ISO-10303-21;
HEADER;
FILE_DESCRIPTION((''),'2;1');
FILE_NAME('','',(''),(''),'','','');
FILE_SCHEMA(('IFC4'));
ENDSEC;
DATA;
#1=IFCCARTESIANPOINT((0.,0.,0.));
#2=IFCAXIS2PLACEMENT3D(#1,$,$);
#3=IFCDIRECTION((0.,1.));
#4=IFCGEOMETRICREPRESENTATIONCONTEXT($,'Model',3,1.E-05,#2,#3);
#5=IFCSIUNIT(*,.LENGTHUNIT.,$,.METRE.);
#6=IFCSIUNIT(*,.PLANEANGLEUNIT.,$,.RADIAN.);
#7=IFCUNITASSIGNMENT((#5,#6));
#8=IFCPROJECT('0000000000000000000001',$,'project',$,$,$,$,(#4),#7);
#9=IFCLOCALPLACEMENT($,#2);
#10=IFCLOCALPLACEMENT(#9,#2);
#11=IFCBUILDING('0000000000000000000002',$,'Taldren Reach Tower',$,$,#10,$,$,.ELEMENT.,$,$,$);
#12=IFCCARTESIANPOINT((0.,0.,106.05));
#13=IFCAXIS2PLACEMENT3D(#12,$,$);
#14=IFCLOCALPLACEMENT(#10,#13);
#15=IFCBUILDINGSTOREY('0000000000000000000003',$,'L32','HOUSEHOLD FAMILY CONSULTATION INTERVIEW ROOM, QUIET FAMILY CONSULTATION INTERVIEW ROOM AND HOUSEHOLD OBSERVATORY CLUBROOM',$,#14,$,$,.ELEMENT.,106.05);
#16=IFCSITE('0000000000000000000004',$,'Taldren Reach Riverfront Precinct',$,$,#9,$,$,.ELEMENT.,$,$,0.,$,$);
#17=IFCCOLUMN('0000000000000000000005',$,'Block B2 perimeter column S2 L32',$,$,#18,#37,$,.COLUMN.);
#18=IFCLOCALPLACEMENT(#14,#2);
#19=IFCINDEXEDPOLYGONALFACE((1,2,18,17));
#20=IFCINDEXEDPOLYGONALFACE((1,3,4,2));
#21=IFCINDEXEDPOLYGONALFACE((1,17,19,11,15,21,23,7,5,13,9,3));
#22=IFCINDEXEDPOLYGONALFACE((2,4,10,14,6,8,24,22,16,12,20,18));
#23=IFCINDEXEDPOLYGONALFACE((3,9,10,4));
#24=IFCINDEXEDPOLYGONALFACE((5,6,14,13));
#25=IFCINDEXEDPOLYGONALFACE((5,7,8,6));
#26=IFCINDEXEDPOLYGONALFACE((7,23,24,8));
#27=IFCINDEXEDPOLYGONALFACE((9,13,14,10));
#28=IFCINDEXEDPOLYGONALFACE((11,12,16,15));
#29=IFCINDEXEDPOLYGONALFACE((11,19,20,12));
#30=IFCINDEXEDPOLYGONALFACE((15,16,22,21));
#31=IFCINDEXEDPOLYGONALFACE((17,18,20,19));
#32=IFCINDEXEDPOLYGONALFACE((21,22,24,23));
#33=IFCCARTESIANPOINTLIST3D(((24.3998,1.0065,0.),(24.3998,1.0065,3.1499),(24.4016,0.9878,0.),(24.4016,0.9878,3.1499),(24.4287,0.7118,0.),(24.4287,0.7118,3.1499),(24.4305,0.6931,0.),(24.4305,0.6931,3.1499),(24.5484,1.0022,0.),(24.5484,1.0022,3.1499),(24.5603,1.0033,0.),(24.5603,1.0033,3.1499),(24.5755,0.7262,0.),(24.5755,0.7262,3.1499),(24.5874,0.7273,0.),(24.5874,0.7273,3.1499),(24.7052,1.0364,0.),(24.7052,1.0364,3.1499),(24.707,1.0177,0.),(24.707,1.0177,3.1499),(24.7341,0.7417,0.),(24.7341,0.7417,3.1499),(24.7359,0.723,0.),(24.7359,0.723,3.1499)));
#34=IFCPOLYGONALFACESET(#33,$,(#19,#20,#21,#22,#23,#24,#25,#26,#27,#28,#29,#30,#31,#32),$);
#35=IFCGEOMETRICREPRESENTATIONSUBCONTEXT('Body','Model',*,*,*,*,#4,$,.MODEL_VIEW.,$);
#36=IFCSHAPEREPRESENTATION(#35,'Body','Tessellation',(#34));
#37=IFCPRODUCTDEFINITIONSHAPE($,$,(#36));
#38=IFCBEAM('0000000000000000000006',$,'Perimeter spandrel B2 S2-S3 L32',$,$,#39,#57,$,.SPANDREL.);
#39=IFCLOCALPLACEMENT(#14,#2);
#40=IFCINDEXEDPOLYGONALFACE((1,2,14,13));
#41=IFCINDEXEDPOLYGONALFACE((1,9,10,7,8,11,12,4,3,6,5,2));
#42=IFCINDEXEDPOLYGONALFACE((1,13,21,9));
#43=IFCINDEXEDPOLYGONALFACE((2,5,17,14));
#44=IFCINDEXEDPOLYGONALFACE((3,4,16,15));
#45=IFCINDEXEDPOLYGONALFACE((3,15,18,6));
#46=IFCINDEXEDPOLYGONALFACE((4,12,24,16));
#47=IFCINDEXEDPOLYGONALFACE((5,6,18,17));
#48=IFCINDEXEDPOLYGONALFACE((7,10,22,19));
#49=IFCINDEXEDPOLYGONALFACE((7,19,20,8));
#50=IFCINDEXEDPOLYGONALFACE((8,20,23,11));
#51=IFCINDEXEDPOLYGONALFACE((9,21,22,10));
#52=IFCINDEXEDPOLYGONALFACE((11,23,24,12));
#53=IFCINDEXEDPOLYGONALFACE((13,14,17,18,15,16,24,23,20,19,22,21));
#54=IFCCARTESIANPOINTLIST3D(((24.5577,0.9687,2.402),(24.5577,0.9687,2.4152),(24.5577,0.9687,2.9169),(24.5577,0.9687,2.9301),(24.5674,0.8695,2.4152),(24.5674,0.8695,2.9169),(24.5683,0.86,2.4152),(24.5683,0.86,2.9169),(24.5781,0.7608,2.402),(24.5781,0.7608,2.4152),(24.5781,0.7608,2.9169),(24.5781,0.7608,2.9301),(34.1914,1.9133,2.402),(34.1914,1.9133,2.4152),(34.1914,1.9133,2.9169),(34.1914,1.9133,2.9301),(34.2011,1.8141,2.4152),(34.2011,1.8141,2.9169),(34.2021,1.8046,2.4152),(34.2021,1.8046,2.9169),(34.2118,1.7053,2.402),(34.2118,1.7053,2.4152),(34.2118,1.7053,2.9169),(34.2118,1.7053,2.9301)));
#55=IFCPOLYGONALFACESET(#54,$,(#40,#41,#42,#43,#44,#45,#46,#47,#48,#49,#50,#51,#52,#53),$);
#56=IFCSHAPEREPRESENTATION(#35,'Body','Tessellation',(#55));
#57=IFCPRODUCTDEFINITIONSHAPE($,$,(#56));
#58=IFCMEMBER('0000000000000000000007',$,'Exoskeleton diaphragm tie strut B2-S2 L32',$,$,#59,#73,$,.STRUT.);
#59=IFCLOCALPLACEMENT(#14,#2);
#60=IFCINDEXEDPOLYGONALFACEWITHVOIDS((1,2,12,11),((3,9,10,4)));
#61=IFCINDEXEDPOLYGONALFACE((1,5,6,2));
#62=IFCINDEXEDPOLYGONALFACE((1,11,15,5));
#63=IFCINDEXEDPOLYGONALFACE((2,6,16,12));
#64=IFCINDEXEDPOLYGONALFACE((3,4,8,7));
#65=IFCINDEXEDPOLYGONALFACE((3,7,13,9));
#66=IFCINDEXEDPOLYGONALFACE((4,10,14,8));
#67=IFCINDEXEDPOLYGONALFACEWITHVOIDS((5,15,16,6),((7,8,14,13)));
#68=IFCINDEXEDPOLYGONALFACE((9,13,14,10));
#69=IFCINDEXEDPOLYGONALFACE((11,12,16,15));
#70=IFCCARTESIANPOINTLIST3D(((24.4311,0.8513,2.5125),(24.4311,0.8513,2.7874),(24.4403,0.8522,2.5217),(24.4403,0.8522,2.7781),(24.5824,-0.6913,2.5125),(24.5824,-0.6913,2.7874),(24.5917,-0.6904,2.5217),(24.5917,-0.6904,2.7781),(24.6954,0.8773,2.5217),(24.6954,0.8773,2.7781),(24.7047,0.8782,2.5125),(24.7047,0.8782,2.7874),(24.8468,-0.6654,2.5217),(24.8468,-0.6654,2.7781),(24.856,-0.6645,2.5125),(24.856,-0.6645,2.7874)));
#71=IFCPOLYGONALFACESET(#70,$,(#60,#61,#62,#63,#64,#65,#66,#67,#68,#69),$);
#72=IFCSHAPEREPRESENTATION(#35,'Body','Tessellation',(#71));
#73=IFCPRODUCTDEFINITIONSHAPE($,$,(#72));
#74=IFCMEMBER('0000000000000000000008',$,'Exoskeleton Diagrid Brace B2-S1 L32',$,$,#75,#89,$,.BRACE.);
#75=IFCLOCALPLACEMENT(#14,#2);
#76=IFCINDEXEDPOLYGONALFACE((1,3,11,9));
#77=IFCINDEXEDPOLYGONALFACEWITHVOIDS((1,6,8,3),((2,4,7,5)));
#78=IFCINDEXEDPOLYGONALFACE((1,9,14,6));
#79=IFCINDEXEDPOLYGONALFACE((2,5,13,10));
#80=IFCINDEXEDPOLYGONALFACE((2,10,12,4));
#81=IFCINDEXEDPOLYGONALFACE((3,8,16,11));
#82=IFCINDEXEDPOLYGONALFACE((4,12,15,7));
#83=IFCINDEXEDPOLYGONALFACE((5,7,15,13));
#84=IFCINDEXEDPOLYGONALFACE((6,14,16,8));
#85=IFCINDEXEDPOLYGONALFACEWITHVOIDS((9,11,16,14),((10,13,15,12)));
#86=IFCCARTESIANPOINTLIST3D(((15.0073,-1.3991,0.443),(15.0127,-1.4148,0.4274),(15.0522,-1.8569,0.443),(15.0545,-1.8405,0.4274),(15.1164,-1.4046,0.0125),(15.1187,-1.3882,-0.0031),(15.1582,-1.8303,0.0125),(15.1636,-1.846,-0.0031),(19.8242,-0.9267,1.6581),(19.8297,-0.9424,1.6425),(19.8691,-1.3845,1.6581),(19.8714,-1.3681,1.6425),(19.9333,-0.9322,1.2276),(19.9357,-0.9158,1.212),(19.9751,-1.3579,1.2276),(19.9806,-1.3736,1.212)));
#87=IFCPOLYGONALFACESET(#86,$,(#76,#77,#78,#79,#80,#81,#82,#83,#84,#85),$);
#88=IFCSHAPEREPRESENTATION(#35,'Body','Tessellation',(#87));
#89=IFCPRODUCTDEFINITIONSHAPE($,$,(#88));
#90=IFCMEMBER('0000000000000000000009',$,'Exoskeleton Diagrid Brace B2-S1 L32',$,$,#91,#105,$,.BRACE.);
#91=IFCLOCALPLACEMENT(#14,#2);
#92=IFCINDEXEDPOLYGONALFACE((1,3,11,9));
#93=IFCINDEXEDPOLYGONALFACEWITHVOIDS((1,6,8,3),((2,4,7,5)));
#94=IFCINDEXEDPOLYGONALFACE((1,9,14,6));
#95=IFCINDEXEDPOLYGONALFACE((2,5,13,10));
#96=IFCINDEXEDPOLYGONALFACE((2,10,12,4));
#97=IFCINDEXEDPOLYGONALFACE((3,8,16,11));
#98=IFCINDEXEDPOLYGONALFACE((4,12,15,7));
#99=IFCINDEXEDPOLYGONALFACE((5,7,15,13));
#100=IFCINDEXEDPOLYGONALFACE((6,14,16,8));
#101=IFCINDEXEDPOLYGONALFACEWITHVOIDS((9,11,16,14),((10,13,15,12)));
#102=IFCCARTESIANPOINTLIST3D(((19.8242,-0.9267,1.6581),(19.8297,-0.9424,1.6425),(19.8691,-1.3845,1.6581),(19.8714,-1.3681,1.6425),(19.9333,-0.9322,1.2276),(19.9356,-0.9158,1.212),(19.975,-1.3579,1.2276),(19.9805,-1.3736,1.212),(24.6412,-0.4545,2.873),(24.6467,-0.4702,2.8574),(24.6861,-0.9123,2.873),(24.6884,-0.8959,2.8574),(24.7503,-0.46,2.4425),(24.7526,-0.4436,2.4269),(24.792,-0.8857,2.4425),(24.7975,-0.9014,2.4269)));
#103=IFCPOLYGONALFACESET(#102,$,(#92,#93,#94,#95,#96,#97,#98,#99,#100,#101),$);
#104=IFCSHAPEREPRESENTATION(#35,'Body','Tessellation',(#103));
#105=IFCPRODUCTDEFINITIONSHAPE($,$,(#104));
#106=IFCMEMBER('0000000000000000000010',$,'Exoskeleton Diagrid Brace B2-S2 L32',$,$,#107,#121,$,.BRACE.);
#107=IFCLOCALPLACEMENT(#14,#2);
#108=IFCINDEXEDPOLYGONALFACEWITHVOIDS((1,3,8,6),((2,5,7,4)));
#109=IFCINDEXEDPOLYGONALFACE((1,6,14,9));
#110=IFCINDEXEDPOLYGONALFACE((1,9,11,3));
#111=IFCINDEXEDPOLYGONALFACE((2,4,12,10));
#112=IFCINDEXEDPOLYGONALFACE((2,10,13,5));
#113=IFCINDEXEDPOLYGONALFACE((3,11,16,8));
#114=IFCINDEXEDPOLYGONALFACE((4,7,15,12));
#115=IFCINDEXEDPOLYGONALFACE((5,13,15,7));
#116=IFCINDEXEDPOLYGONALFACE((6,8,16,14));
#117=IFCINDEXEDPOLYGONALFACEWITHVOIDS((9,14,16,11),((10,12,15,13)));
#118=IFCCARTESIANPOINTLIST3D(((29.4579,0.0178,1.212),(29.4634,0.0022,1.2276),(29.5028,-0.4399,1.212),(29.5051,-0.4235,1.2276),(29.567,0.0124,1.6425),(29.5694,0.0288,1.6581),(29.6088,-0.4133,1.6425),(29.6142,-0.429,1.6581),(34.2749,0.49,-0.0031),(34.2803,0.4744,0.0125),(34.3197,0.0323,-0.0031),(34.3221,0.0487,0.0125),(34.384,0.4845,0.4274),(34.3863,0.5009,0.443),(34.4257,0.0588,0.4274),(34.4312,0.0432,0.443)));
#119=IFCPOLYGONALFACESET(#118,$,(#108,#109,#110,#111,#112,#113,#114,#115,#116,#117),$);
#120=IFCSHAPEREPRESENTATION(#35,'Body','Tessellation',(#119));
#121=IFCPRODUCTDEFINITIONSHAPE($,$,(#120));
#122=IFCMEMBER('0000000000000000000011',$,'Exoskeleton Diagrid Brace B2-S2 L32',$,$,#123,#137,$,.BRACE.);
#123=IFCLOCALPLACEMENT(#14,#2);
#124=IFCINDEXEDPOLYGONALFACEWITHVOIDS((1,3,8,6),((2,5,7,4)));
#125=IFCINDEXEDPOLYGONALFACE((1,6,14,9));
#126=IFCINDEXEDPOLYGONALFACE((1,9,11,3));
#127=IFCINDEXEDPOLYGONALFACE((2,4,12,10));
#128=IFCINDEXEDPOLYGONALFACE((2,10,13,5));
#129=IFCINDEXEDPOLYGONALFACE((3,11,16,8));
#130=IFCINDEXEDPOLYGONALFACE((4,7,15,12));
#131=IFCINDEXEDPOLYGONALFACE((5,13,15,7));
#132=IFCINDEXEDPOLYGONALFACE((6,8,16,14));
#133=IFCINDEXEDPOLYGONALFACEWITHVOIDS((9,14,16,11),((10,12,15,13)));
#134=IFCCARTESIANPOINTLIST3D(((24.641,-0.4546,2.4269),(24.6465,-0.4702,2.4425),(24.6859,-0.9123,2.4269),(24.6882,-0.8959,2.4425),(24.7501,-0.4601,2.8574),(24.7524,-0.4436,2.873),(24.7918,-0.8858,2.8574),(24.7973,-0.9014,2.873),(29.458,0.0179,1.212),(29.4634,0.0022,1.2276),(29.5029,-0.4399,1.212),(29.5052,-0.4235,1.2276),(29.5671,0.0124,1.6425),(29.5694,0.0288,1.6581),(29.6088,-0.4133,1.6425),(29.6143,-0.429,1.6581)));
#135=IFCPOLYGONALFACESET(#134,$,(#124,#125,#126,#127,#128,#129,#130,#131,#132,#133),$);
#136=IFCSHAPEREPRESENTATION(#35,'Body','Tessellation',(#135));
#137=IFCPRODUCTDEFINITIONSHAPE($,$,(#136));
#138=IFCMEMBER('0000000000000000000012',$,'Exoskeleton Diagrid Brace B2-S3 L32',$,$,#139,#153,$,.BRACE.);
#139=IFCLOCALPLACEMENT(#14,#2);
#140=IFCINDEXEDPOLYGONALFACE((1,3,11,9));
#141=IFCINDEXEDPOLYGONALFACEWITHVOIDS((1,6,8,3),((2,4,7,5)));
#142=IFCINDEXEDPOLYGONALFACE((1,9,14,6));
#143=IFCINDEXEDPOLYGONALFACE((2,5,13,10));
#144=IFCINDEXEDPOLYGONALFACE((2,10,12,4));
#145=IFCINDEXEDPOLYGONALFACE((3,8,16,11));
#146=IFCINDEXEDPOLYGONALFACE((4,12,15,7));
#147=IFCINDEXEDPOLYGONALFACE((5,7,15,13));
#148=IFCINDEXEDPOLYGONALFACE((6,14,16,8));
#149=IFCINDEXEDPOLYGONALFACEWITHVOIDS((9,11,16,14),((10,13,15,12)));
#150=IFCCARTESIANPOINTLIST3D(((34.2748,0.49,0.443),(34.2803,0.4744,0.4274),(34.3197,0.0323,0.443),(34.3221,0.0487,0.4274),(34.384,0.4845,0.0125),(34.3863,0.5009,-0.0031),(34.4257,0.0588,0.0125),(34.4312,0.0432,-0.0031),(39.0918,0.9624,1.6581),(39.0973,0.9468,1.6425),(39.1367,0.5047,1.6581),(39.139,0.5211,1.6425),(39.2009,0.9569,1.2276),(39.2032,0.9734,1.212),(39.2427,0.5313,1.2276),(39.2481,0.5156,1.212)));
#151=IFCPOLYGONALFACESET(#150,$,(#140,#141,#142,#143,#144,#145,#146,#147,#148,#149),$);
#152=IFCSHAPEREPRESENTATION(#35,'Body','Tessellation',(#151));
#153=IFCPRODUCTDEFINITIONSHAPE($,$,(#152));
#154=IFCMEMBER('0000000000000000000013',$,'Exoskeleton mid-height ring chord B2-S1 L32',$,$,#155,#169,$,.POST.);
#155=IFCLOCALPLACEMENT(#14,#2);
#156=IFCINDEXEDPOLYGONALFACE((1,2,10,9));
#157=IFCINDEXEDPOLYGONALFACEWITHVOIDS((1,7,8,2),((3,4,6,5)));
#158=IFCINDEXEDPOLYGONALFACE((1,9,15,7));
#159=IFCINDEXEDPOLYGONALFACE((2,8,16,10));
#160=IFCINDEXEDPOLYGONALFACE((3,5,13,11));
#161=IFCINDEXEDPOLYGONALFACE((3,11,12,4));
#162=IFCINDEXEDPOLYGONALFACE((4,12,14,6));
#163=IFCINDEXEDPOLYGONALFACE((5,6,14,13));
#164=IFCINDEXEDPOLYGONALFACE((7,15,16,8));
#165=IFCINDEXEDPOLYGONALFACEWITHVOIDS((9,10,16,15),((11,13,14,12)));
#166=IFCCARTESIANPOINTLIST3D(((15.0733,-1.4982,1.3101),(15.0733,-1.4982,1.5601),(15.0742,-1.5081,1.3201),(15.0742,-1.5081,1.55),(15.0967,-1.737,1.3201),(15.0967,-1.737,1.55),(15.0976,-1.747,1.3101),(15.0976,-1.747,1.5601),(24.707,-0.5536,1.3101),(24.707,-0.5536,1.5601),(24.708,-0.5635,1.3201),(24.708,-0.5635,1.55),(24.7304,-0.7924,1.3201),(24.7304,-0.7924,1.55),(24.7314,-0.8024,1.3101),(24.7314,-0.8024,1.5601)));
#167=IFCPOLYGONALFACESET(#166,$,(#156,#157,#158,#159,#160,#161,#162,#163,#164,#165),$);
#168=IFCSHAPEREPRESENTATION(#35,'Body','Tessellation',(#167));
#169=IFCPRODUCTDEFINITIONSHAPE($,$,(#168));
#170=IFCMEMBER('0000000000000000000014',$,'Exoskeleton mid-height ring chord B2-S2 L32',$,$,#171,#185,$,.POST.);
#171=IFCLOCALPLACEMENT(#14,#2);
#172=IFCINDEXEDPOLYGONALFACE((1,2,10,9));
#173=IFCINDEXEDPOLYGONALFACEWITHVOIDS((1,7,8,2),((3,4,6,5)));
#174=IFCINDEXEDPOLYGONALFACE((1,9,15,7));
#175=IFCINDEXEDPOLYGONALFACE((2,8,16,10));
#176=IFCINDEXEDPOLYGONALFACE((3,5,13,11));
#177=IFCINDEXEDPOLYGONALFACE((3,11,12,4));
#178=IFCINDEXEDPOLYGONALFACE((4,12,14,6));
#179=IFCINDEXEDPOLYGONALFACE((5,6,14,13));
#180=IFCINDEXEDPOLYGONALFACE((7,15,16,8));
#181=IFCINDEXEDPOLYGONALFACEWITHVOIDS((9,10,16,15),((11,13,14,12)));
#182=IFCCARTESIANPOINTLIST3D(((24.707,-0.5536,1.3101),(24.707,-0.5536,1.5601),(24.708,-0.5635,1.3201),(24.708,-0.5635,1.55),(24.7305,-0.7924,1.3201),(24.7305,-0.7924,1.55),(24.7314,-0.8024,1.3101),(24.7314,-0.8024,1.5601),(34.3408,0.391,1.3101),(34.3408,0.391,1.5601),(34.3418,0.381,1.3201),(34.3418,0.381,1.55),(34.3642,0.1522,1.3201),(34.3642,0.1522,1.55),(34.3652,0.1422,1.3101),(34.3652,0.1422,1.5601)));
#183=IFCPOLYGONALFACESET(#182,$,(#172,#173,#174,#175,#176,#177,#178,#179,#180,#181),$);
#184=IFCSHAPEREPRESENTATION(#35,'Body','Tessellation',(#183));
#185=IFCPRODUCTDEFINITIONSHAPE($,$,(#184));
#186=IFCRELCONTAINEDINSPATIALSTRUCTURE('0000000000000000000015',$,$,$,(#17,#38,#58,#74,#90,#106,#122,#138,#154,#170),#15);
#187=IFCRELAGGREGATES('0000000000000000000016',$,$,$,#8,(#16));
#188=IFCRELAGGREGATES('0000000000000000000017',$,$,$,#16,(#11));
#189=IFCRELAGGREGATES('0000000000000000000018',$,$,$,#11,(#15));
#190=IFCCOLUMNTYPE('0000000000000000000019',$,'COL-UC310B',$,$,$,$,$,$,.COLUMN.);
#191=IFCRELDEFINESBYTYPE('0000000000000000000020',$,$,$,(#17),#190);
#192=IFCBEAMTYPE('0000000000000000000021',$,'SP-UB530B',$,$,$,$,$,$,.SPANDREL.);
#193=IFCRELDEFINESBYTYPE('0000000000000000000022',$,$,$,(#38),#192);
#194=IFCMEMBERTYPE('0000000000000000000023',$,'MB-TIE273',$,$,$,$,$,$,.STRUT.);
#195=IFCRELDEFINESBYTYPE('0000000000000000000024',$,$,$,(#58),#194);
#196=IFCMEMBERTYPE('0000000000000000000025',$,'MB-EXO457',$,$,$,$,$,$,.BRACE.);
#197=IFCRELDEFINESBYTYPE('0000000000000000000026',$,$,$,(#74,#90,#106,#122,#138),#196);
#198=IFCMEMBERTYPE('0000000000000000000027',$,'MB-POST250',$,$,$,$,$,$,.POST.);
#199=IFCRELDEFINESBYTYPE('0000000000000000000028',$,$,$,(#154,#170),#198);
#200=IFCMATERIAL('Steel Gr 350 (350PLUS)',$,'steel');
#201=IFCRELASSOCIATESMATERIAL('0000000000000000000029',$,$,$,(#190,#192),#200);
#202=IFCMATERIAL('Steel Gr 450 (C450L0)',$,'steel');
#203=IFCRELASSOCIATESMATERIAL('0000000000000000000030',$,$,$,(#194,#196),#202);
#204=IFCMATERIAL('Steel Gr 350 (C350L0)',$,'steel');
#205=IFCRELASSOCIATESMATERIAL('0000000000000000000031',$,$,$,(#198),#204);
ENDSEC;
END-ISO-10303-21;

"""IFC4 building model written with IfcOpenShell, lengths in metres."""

from ifc_helpers import new_model, si_unit, direction, frame, origin, origin_2d, place, context, subcontext, project, spatial, hollow_rectangle, i_section, extrude, source, transform, mapped, material, material_profile, profile_set, type_object, element, save


model = new_model("IFC4")

# Units and contexts
model_context = context("Model", 3, precision=1e-05, world=origin(), true_north=direction((0.0, 1.0)))
body_context = subcontext(model_context, "Body", "Model", "MODEL_VIEW")
ifc_project = project(units=[si_unit("LENGTHUNIT", "METRE"), si_unit("PLANEANGLEUNIT", "RADIAN")], contexts=[model_context])

# Site, building, storey
site_placement = place(None, origin())
site = spatial("IfcSite", under=ifc_project, at=site_placement, Name="Taldren Reach Riverfront Precinct", CompositionType="ELEMENT", RefElevation=0.0)
building_placement = place(site_placement, origin())
building = spatial("IfcBuilding", under=site, at=building_placement, Name="Taldren Reach Tower", CompositionType="ELEMENT")
storey_placement = place(building_placement, frame((0.0, 0.0, 106.05)))
storey = spatial("IfcBuildingStorey", under=building, at=storey_placement, Name="L32", Description="HOUSEHOLD FAMILY CONSULTATION INTERVIEW ROOM, QUIET FAMILY CONSULTATION INTERVIEW ROOM AND HOUSEHOLD OBSERVATORY CLUBROOM", CompositionType="ELEMENT", Elevation=106.05)

# Column
ifc_material_1 = material(Name="Steel Gr 350 (350PLUS)", Category="steel")
ifc_material_profile_1 = material_profile(ifc_material_1, i_section(OverallWidth=0.3069, OverallDepth=0.3149, WebThickness=0.012, FlangeThickness=0.0188, at=origin_2d()), Name="310UC118")
ifc_profile_set_1 = profile_set([ifc_material_profile_1], Name="Steel Gr 350 (350PLUS)")
column_type = type_object("IfcColumnType", Name="COL-UC310B", PredefinedType="COLUMN", material=ifc_profile_set_1)
shared_shape_1 = source(origin(), body_context, "Body", "SweptSolid", [
    extrude(i_section(OverallWidth=0.3069, OverallDepth=0.3149, WebThickness=0.012, FlangeThickness=0.0188, at=origin_2d()), origin(), (0.0, 0.0, 1.0), 3.1499),
])
column_placement = place(storey_placement, frame((24.5679, 0.8647, 0.0), z_axis=(0.0, 0.0, 1.0), x_axis=(0.995227, 0.097583, 0.0)))
element("IfcColumn", 1, at=column_placement, inside=storey, type_object=column_type, Name="Block B2 perimeter column S2 L32", PredefinedType="COLUMN", context=body_context, shape_type="MappedRepresentation", body=[
    mapped(shared_shape_1, transform((0.0, 0.0, 0.0), scale=1.0)),
])

# Beam
ifc_material_profile_2 = material_profile(ifc_material_1, i_section(OverallWidth=0.209, OverallDepth=0.5281, WebThickness=0.0095, FlangeThickness=0.0132, at=origin_2d()), Name="530UB82.0")
ifc_profile_set_2 = profile_set([ifc_material_profile_2], Name="Steel Gr 350 (350PLUS)")
beam_type = type_object("IfcBeamType", Name="SP-UB530B", PredefinedType="SPANDREL", material=ifc_profile_set_2)
shared_shape_2 = source(origin(), body_context, "Body", "SweptSolid", [
    extrude(i_section(OverallWidth=0.209, OverallDepth=0.5281, WebThickness=0.0095, FlangeThickness=0.0132, at=origin_2d()), origin(), (0.0, 0.0, 1.0), 9.6799),
])
beam_placement = place(storey_placement, frame((24.5679, 0.8647, 2.666), z_axis=(0.995228, 0.097581, 0.0), x_axis=(-0.097581, 0.995228, 0.0)))
element("IfcBeam", 2, at=beam_placement, inside=storey, type_object=beam_type, Name="Perimeter spandrel B2 S2-S3 L32", PredefinedType="SPANDREL", context=body_context, shape_type="MappedRepresentation", body=[
    mapped(shared_shape_2, transform((0.0, 0.0, 0.0), scale=1.0)),
])

# Members
ifc_material_2 = material(Name="Steel Gr 450 (C450L0)", Category="steel")
ifc_material_profile_3 = material_profile(ifc_material_2, hollow_rectangle(XDim=0.2749, YDim=0.2749, WallThickness=0.0093, at=origin_2d()), Name="275x275x9.3SHS")
ifc_profile_set_3 = profile_set([ifc_material_profile_3], Name="Steel Gr 450 (C450L0)")
member_type_1 = type_object("IfcMemberType", Name="MB-TIE273", PredefinedType="STRUT", material=ifc_profile_set_3)
shared_shape_3 = source(origin(), body_context, "Body", "SweptSolid", [
    extrude(hollow_rectangle(XDim=0.2749, YDim=0.2749, WallThickness=0.0093, at=origin_2d()), origin(), (0.0, 0.0, 1.0), 1.55),
])
member_1_placement = place(storey_placement, frame((24.5679, 0.8647, 2.6499), z_axis=(0.097648, -0.995221, 0.0), x_axis=(0.995221, 0.097648, 0.0)))
element("IfcMember", 3, at=member_1_placement, inside=storey, type_object=member_type_1, Name="Exoskeleton diaphragm tie strut B2-S2 L32", PredefinedType="STRUT", context=body_context, shape_type="MappedRepresentation", body=[
    mapped(shared_shape_3, transform((0.0, 0.0, 0.0), scale=1.0)),
])
ifc_material_profile_4 = material_profile(ifc_material_2, hollow_rectangle(XDim=0.46, YDim=0.46, WallThickness=0.0161, at=origin_2d()), Name="460x460x16.0SHS")
ifc_profile_set_4 = profile_set([ifc_material_profile_4], Name="Steel Gr 450 (C450L0)")
member_type_2 = type_object("IfcMemberType", Name="MB-EXO457", PredefinedType="BRACE", material=ifc_profile_set_4)
shared_shape_4 = source(origin(), body_context, "Body", "SweptSolid", [
    extrude(hollow_rectangle(XDim=0.46, YDim=0.46, WallThickness=0.0161, at=origin_2d()), origin(), (0.0, 0.0, 1.0), 4.9902),
])
for number, where, z_axis, x_axis, name in (
    (4, (15.0854, -1.6226, 0.22), (0.965271, 0.094668, 0.243495), (-0.097606, 0.995225, 0.0), "Exoskeleton Diagrid Brace B2-S1 L32"),
    (5, (19.9023, -1.1501, 1.4351), (0.965287, 0.094621, 0.24345), (-0.097556, 0.99523, 0.0), "Exoskeleton Diagrid Brace B2-S1 L32"),
    (6, (34.353, 0.2666, 0.22), (-0.965276, -0.09462, 0.243496), (0.097556, -0.99523, 0.0), "Exoskeleton Diagrid Brace B2-S2 L32"),
    (7, (29.5361, -0.2056, 1.4351), (-0.965283, -0.094669, 0.243449), (0.097606, -0.995225, 0.0), "Exoskeleton Diagrid Brace B2-S2 L32"),
    (8, (34.353, 0.2666, 0.22), (0.965271, 0.094668, 0.243495), (-0.097606, 0.995225, 0.0), "Exoskeleton Diagrid Brace B2-S3 L32"),
):
    element("IfcMember", number, at=place(storey_placement, frame(where, z_axis=z_axis, x_axis=x_axis)), inside=storey, type_object=member_type_2, Name=name, PredefinedType="BRACE", context=body_context, shape_type="MappedRepresentation", body=[
        mapped(shared_shape_4, transform((0.0, 0.0, 0.0), scale=1.0)),
    ])
ifc_material_3 = material(Name="Steel Gr 350 (C350L0)", Category="steel")
ifc_material_profile_5 = material_profile(ifc_material_3, hollow_rectangle(XDim=0.25, YDim=0.25, WallThickness=0.01, at=origin_2d()), Name="250x250x10.0SHS")
ifc_profile_set_5 = profile_set([ifc_material_profile_5], Name="Steel Gr 350 (C350L0)")
member_type_3 = type_object("IfcMemberType", Name="MB-POST250", PredefinedType="POST", material=ifc_profile_set_5)
shared_shape_5 = source(origin(), body_context, "Body", "SweptSolid", [
    extrude(hollow_rectangle(XDim=0.25, YDim=0.25, WallThickness=0.01, at=origin_2d()), origin(), (0.0, 0.0, 1.0), 9.6799),
])
for number, where, z_axis, x_axis, name in (
    (9, (15.0854, -1.6226, 1.4351), (0.995228, 0.097581, 0.0), (-0.097581, 0.995228, 0.0), "Exoskeleton mid-height ring chord B2-S1 L32"),
    (10, (24.7192, -0.678, 1.4351), (0.995228, 0.097581, 0.0), (-0.097581, 0.995228, 0.0), "Exoskeleton mid-height ring chord B2-S2 L32"),
):
    element("IfcMember", number, at=place(storey_placement, frame(where, z_axis=z_axis, x_axis=x_axis)), inside=storey, type_object=member_type_3, Name=name, PredefinedType="POST", context=body_context, shape_type="MappedRepresentation", body=[
        mapped(shared_shape_5, transform((0.0, 0.0, 0.0), scale=1.0)),
    ])

save(model, "model.ifc")
